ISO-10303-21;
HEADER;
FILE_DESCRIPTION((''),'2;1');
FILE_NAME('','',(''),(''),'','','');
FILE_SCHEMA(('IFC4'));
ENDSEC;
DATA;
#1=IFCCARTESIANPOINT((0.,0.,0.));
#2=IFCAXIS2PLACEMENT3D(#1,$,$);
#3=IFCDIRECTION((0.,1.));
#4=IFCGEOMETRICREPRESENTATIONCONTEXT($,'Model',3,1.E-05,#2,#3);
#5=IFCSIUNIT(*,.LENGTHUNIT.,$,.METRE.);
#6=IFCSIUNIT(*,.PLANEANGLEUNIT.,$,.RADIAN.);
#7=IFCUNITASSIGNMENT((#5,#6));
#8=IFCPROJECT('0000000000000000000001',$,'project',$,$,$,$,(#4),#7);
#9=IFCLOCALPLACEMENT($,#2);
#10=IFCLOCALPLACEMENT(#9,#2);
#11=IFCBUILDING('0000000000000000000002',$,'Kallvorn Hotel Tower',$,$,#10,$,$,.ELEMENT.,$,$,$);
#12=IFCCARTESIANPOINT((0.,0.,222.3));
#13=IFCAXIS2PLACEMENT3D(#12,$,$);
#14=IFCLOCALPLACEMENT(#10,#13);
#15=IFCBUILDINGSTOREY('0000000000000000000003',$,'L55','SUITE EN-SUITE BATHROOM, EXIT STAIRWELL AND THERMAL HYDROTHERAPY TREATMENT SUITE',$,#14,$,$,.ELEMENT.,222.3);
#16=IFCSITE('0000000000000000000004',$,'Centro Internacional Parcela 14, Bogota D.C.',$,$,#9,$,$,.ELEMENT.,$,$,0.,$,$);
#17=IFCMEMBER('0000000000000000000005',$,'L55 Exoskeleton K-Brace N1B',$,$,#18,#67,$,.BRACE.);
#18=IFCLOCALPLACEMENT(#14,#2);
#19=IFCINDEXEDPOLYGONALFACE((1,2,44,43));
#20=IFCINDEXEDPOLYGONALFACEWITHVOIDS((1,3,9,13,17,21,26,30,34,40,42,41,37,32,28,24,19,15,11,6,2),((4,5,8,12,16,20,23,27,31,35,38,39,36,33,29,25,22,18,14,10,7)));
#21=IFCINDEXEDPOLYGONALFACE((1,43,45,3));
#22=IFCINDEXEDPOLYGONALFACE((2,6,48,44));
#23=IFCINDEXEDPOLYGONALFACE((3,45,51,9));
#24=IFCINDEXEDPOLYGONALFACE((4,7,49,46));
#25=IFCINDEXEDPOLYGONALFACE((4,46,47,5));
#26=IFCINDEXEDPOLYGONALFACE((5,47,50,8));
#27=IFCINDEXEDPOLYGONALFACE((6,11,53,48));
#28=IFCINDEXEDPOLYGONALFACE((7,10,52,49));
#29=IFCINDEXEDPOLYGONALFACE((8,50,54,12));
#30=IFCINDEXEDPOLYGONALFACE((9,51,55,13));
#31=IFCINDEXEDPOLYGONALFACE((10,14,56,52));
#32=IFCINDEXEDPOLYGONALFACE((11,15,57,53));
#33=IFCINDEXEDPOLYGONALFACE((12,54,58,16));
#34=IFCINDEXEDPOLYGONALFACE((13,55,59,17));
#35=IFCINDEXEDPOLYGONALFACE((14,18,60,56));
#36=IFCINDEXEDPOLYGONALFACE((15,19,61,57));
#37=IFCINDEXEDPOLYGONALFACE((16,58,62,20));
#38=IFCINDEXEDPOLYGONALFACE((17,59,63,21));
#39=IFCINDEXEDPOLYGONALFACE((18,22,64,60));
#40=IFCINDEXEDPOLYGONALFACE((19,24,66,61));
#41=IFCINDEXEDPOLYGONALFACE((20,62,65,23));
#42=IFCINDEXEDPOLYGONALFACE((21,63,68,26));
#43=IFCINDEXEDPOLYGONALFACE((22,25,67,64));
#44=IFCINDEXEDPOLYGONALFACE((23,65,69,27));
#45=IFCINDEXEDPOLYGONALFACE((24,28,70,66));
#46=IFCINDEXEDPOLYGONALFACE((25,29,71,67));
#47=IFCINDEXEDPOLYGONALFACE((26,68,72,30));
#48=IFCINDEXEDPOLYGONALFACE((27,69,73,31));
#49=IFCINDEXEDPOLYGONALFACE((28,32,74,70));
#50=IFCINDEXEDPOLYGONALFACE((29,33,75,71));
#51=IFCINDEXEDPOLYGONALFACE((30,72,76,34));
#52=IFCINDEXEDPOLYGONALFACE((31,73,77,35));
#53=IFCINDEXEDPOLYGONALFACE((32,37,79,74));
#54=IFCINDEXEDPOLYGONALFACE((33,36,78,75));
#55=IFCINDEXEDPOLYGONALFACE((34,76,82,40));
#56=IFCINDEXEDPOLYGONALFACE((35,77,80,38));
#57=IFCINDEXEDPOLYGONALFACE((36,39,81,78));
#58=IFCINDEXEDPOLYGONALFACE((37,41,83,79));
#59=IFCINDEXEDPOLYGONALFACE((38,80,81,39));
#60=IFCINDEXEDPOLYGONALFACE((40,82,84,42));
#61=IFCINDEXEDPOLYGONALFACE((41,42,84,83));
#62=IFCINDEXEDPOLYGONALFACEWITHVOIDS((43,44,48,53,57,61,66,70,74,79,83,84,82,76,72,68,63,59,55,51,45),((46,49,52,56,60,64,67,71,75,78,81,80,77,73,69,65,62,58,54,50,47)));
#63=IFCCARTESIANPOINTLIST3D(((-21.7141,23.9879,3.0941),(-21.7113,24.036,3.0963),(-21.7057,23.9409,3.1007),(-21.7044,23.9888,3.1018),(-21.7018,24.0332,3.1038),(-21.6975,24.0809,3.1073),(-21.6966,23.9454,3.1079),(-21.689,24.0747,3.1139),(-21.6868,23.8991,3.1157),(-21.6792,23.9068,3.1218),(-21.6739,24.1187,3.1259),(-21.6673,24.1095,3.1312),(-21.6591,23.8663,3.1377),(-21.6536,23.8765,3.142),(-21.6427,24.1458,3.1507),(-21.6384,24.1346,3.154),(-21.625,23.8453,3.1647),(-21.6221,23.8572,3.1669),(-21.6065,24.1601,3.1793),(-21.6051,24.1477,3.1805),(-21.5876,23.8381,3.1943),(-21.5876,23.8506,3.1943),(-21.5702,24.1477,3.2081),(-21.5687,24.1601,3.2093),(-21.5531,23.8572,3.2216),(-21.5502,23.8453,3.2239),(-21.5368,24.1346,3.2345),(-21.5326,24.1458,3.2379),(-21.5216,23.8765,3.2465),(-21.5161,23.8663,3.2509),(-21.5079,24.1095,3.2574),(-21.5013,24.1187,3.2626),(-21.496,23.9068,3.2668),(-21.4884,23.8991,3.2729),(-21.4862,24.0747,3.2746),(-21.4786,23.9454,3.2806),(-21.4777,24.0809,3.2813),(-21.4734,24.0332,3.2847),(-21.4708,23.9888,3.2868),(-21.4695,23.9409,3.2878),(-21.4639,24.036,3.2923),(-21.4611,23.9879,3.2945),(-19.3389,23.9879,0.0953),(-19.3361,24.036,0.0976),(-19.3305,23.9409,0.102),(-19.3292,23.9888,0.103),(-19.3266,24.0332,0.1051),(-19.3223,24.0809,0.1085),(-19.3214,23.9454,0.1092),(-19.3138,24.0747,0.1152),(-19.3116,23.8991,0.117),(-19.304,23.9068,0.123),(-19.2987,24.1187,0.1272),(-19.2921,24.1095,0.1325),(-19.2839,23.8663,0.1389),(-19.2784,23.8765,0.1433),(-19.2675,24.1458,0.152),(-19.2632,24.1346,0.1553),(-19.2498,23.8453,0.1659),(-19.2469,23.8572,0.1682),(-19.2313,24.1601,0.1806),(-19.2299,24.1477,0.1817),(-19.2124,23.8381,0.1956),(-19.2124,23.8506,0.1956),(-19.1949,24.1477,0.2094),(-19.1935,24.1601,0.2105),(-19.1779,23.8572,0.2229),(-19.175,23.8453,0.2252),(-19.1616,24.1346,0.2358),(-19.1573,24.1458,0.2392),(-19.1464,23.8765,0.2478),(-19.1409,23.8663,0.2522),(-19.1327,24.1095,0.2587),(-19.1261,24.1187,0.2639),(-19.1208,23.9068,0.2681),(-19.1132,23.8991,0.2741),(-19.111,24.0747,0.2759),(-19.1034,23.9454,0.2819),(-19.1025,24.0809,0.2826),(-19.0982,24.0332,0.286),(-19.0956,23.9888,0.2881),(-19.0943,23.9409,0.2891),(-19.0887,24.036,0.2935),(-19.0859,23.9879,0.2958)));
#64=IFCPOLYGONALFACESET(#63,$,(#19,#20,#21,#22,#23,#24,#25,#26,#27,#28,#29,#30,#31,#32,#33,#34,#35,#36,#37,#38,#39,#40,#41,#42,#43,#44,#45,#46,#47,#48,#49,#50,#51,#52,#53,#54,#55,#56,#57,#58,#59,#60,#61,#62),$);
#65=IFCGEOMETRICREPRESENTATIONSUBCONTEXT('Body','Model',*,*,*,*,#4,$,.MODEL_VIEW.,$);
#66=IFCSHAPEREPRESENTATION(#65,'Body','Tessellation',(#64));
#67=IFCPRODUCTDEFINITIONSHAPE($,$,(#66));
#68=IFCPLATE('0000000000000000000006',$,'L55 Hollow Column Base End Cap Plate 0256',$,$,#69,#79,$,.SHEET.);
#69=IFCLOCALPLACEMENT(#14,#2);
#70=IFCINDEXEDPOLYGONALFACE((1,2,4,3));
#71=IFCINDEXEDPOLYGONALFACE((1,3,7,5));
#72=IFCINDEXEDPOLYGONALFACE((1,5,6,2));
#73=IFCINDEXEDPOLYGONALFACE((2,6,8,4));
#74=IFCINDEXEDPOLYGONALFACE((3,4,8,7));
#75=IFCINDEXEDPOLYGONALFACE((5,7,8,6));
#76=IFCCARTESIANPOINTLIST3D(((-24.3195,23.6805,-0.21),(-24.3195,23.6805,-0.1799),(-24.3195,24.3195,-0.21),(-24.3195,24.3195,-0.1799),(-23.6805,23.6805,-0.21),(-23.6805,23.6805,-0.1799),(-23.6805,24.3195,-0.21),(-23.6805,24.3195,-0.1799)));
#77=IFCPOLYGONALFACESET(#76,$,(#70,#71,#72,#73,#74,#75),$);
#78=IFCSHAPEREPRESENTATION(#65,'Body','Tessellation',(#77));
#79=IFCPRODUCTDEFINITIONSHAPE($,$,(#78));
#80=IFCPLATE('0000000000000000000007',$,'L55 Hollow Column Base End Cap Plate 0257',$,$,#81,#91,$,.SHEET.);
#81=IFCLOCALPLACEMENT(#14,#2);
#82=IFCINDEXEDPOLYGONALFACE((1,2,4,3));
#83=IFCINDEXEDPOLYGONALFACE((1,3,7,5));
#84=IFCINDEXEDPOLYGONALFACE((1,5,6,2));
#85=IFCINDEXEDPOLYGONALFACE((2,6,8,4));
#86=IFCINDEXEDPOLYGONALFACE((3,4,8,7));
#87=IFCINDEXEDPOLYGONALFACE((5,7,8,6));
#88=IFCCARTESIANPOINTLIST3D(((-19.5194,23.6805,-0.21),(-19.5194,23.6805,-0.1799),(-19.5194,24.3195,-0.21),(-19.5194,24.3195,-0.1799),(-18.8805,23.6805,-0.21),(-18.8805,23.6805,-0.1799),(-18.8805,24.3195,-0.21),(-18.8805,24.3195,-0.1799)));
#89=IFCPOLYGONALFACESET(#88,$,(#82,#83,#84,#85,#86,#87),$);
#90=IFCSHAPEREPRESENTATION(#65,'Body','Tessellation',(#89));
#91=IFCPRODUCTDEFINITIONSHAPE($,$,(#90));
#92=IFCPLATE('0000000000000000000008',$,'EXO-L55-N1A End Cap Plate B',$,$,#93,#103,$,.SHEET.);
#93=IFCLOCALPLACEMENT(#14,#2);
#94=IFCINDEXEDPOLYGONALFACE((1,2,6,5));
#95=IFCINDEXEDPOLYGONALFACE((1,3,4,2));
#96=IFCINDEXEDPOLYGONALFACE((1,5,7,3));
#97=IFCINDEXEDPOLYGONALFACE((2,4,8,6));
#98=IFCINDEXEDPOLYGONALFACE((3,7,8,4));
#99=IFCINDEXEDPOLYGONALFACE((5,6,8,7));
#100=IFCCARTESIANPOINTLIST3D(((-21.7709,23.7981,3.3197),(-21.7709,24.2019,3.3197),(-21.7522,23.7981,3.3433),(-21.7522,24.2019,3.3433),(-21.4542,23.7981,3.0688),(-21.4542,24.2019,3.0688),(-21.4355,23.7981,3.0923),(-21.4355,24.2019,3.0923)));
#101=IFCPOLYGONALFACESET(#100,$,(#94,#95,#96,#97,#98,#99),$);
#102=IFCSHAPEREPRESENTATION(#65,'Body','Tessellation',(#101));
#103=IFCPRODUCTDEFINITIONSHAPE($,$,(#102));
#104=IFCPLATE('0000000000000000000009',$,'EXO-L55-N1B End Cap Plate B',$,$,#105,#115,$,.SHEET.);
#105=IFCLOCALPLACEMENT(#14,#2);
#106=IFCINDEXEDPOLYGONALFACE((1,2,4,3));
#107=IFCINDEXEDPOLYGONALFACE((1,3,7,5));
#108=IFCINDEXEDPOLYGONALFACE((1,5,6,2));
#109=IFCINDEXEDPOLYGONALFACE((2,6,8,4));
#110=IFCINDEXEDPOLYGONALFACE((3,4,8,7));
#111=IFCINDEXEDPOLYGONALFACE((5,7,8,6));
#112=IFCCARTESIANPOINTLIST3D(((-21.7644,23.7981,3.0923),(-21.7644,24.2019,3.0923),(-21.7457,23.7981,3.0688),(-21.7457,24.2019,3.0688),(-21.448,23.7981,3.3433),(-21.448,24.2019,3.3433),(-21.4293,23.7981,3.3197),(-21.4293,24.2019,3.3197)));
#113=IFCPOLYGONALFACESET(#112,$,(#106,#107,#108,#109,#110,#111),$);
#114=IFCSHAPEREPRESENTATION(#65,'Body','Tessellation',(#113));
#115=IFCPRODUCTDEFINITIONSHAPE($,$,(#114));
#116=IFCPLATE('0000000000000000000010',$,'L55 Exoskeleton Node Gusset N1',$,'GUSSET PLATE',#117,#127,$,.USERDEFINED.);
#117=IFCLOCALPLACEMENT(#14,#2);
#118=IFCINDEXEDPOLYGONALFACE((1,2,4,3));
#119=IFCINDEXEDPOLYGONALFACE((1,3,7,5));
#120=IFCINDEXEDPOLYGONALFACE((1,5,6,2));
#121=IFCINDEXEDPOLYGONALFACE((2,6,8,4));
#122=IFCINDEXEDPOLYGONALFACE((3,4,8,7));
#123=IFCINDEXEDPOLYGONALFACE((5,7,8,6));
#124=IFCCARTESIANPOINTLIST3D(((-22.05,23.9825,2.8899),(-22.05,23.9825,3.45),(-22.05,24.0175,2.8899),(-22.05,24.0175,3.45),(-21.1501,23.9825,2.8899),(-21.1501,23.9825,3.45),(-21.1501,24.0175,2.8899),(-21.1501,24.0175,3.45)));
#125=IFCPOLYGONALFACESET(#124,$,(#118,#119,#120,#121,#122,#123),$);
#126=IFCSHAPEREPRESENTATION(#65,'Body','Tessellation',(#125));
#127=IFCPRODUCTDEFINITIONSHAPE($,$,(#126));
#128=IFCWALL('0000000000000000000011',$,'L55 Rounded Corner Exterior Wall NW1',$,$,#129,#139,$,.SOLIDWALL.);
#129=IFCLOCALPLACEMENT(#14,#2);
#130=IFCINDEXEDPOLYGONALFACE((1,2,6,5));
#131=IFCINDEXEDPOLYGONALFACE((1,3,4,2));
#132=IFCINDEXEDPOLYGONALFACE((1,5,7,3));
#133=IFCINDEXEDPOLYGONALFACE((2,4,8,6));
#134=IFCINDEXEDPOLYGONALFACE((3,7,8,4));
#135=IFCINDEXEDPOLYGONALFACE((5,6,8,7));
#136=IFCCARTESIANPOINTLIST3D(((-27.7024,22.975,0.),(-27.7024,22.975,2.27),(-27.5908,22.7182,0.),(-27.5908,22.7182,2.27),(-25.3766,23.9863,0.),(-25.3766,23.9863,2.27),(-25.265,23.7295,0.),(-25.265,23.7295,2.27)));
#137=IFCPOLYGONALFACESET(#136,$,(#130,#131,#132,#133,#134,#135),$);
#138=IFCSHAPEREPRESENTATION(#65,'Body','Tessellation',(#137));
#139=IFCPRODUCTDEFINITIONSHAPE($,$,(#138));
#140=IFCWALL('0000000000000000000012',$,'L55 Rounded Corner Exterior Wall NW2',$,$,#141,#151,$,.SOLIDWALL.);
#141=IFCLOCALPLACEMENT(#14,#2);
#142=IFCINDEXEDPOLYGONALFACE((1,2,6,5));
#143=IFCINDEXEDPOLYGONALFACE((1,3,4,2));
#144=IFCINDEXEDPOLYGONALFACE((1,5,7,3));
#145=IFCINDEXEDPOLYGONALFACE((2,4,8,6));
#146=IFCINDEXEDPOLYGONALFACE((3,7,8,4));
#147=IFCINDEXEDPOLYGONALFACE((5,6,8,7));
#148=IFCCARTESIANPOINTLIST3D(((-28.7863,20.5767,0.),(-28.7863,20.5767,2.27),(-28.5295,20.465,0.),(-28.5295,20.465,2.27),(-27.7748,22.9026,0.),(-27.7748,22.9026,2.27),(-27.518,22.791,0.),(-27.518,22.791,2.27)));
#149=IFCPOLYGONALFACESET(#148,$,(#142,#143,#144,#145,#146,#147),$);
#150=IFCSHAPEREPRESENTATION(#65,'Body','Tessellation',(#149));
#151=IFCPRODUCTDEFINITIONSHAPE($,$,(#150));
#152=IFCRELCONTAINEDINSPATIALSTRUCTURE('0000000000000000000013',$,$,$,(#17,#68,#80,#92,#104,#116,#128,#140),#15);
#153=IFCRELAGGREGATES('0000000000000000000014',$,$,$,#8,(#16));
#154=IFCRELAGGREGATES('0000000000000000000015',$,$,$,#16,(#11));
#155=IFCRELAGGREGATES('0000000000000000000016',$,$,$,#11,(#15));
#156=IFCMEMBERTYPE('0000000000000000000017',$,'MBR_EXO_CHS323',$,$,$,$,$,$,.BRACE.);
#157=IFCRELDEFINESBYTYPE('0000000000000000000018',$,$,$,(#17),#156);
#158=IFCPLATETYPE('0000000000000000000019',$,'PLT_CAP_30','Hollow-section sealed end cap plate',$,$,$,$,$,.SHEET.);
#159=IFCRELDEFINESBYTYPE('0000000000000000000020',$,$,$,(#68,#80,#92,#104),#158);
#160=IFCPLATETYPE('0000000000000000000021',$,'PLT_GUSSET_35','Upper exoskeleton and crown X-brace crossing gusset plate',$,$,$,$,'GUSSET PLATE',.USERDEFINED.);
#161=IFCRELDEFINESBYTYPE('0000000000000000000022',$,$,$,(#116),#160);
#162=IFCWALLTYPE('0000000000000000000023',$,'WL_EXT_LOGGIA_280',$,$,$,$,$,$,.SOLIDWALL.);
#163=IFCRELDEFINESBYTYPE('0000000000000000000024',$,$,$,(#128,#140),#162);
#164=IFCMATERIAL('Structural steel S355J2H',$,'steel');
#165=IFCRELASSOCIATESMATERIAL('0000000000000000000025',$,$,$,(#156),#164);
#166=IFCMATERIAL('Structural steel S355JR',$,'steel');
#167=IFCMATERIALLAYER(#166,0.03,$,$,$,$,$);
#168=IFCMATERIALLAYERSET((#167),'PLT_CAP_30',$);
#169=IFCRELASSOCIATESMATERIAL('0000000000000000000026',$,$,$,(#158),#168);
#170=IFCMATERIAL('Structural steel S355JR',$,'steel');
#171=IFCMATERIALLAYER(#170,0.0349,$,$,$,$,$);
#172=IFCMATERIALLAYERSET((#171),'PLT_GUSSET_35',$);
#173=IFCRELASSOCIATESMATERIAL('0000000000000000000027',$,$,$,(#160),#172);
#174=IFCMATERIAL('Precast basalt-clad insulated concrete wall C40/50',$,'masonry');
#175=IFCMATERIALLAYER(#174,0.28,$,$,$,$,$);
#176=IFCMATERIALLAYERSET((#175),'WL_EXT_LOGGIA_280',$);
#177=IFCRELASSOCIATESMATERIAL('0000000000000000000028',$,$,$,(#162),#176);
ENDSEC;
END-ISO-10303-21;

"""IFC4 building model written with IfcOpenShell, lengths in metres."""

from ifc_helpers import new_model, si_unit, direction, frame, frame_2d, origin, origin_2d, place, context, subcontext, project, spatial, polyline, rectangle, hollow_circle, outline, extrude, material, layer, layer_set, material_profile, profile_set, type_object, element, save


model = new_model("IFC4")

# Units and contexts
model_context = context("Model", 3, precision=1e-05, world=origin(), true_north=direction((0.0, 1.0)))
body_context = subcontext(model_context, "Body", "Model", "MODEL_VIEW")
ifc_project = project(units=[si_unit("LENGTHUNIT", "METRE"), si_unit("PLANEANGLEUNIT", "RADIAN")], contexts=[model_context])

# Site, building, storey
site_placement = place(None, origin())
site = spatial("IfcSite", under=ifc_project, at=site_placement, Name="Centro Internacional Parcela 14, Bogota D.C.", CompositionType="ELEMENT", RefElevation=0.0)
building_placement = place(site_placement, origin())
building = spatial("IfcBuilding", under=site, at=building_placement, Name="Kallvorn Hotel Tower", CompositionType="ELEMENT")
storey_placement = place(building_placement, frame((0.0, 0.0, 222.3)))
storey = spatial("IfcBuildingStorey", under=building, at=storey_placement, Name="L55", Description="SUITE EN-SUITE BATHROOM, EXIT STAIRWELL AND THERMAL HYDROTHERAPY TREATMENT SUITE", CompositionType="ELEMENT", Elevation=222.3)

# Member
ifc_material_1 = material(Name="Structural steel S355J2H", Category="steel")
ifc_material_profile_1 = material_profile(ifc_material_1, hollow_circle(Radius=0.1619, WallThickness=0.0125, at=origin_2d()), Name="CHS 323.9x12.5")
ifc_profile_set_1 = profile_set([ifc_material_profile_1], Name="Structural steel S355J2H")
member_type_1 = type_object("IfcMemberType", Name="MBR_EXO_CHS323", PredefinedType="BRACE", material=ifc_profile_set_1)
for number, where, z_axis, x_axis, name in (
    (1, (-19.2124, 24.0, 0.1956), (-0.620897, 0.0, 0.783892), (0.0, -1.0, 0.0), "L55 Exoskeleton K-Brace N1B"),
):
    element("IfcMember", number, at=place(storey_placement, frame(where, z_axis=z_axis, x_axis=x_axis)), inside=storey, type_object=member_type_1, Name=name, PredefinedType="BRACE", context=body_context, shape_type="SweptSolid", body=[
        extrude(hollow_circle(Radius=0.1619, WallThickness=0.0125, at=origin_2d()), origin(), (0.0, 0.0, 1.0), 3.8254),
    ])

# Plates
ifc_material_2 = material(Name="Structural steel S355JR", Category="steel")
ifc_layer_1 = layer(ifc_material_2, 0.03)
ifc_layer_set_1 = layer_set([ifc_layer_1], Name="PLT_CAP_30")
plate_type_1 = type_object("IfcPlateType", Name="PLT_CAP_30", Description="Hollow-section sealed end cap plate", PredefinedType="SHEET", material=ifc_layer_set_1)
for number, where, z_axis, x_axis, name in (
    (2, (-24.0, 24.0, -0.21), (0.0, 0.0, 1.0), (1.0, 0.0, 0.0), "L55 Hollow Column Base End Cap Plate 0256"),
    (3, (-19.2, 24.0, -0.21), (0.0, 0.0, 1.0), (1.0, 0.0, 0.0), "L55 Hollow Column Base End Cap Plate 0257"),
):
    element("IfcPlate", number, at=place(storey_placement, frame(where, z_axis=z_axis, x_axis=x_axis)), inside=storey, type_object=plate_type_1, Name=name, PredefinedType="SHEET", context=body_context, shape_type="SweptSolid", body=[
        extrude(rectangle(XDim=0.6389, YDim=0.6389, at=origin_2d()), origin(), (0.0, 0.0, 1.0), 0.03),
    ])
plate_1_placement = place(storey_placement, frame((-21.4355, 23.7981, 3.0923), z_axis=(0.621152, 0.0, 0.78369), x_axis=(0.0, 1.0, 0.0)))
element("IfcPlate", 4, at=plate_1_placement, inside=storey, type_object=plate_type_1, Name="EXO-L55-N1A End Cap Plate B", PredefinedType="SHEET", context=body_context, shape_type="SweptSolid", body=[
    extrude(outline(polyline([(0.0, 0.0), (0.4038, 0.0), (0.4038, 0.4041), (0.0, 0.4041), (0.0, 0.0)])), origin(), (0.0, 0.0, -1.0), 0.03),
])
plate_2_placement = place(storey_placement, frame((-21.7644, 24.2019, 3.0923), z_axis=(-0.621446, 0.0, 0.783457), x_axis=(0.0, -1.0, 0.0)))
element("IfcPlate", 5, at=plate_2_placement, inside=storey, type_object=plate_type_1, Name="EXO-L55-N1B End Cap Plate B", PredefinedType="SHEET", context=body_context, shape_type="SweptSolid", body=[
    extrude(outline(polyline([(0.0, 0.0), (0.4038, 0.0), (0.4038, 0.4039), (0.0, 0.4039), (0.0, 0.0)])), origin(), (0.0, 0.0, -1.0), 0.03),
])
ifc_material_3 = material(Name="Structural steel S355JR", Category="steel")
ifc_layer_2 = layer(ifc_material_3, 0.0349)
ifc_layer_set_2 = layer_set([ifc_layer_2], Name="PLT_GUSSET_35")
plate_type_2 = type_object("IfcPlateType", Name="PLT_GUSSET_35", Description="Upper exoskeleton and crown X-brace crossing gusset plate", ElementType="GUSSET PLATE", PredefinedType="USERDEFINED", material=ifc_layer_set_2)
plate_3_placement = place(storey_placement, frame((-21.6001, 24.0, 2.8899), z_axis=(0.0, 0.0, 1.0), x_axis=(1.0, 0.0, 0.0)))
element("IfcPlate", 6, at=plate_3_placement, inside=storey, type_object=plate_type_2, Name="L55 Exoskeleton Node Gusset N1", ObjectType="GUSSET PLATE", PredefinedType="USERDEFINED", context=body_context, shape_type="SweptSolid", body=[
    extrude(rectangle(XDim=0.8999, YDim=0.0349, at=origin_2d()), origin(), (0.0, 0.0, 1.0), 0.5601),
])

# Walls
ifc_material_4 = material(Name="Precast basalt-clad insulated concrete wall C40/50", Category="masonry")
ifc_layer_3 = layer(ifc_material_4, 0.28)
ifc_layer_set_3 = layer_set([ifc_layer_3], Name="WL_EXT_LOGGIA_280")
wall_type = type_object("IfcWallType", Name="WL_EXT_LOGGIA_280", PredefinedType="SOLIDWALL", material=ifc_layer_set_3)
wall_1_placement = place(storey_placement, frame((-25.3208, 23.8579, 0.0), z_axis=(0.0, 0.0, 1.0), x_axis=(-0.917061, -0.398747, 0.0)))
element("IfcWall", 7, at=wall_1_placement, inside=storey, type_object=wall_type, Name="L55 Rounded Corner Exterior Wall NW1", PredefinedType="SOLIDWALL", context=body_context, shape_type="SweptSolid", body=[
    extrude(rectangle(XDim=2.5361, YDim=0.28, at=frame_2d((1.2681, 0.0))), origin(), (0.0, 0.0, 1.0), 2.27),
])
wall_2_placement = place(storey_placement, frame((-27.6465, 22.8467, 0.0), z_axis=(0.0, 0.0, 1.0), x_axis=(-0.398793, -0.917041, 0.0)))
element("IfcWall", 8, at=wall_2_placement, inside=storey, type_object=wall_type, Name="L55 Rounded Corner Exterior Wall NW2", PredefinedType="SOLIDWALL", context=body_context, shape_type="SweptSolid", body=[
    extrude(rectangle(XDim=2.5364, YDim=0.28, at=frame_2d((1.2681, 0.0))), origin(), (0.0, 0.0, 1.0), 2.27),
])

save(model, "model.ifc")
